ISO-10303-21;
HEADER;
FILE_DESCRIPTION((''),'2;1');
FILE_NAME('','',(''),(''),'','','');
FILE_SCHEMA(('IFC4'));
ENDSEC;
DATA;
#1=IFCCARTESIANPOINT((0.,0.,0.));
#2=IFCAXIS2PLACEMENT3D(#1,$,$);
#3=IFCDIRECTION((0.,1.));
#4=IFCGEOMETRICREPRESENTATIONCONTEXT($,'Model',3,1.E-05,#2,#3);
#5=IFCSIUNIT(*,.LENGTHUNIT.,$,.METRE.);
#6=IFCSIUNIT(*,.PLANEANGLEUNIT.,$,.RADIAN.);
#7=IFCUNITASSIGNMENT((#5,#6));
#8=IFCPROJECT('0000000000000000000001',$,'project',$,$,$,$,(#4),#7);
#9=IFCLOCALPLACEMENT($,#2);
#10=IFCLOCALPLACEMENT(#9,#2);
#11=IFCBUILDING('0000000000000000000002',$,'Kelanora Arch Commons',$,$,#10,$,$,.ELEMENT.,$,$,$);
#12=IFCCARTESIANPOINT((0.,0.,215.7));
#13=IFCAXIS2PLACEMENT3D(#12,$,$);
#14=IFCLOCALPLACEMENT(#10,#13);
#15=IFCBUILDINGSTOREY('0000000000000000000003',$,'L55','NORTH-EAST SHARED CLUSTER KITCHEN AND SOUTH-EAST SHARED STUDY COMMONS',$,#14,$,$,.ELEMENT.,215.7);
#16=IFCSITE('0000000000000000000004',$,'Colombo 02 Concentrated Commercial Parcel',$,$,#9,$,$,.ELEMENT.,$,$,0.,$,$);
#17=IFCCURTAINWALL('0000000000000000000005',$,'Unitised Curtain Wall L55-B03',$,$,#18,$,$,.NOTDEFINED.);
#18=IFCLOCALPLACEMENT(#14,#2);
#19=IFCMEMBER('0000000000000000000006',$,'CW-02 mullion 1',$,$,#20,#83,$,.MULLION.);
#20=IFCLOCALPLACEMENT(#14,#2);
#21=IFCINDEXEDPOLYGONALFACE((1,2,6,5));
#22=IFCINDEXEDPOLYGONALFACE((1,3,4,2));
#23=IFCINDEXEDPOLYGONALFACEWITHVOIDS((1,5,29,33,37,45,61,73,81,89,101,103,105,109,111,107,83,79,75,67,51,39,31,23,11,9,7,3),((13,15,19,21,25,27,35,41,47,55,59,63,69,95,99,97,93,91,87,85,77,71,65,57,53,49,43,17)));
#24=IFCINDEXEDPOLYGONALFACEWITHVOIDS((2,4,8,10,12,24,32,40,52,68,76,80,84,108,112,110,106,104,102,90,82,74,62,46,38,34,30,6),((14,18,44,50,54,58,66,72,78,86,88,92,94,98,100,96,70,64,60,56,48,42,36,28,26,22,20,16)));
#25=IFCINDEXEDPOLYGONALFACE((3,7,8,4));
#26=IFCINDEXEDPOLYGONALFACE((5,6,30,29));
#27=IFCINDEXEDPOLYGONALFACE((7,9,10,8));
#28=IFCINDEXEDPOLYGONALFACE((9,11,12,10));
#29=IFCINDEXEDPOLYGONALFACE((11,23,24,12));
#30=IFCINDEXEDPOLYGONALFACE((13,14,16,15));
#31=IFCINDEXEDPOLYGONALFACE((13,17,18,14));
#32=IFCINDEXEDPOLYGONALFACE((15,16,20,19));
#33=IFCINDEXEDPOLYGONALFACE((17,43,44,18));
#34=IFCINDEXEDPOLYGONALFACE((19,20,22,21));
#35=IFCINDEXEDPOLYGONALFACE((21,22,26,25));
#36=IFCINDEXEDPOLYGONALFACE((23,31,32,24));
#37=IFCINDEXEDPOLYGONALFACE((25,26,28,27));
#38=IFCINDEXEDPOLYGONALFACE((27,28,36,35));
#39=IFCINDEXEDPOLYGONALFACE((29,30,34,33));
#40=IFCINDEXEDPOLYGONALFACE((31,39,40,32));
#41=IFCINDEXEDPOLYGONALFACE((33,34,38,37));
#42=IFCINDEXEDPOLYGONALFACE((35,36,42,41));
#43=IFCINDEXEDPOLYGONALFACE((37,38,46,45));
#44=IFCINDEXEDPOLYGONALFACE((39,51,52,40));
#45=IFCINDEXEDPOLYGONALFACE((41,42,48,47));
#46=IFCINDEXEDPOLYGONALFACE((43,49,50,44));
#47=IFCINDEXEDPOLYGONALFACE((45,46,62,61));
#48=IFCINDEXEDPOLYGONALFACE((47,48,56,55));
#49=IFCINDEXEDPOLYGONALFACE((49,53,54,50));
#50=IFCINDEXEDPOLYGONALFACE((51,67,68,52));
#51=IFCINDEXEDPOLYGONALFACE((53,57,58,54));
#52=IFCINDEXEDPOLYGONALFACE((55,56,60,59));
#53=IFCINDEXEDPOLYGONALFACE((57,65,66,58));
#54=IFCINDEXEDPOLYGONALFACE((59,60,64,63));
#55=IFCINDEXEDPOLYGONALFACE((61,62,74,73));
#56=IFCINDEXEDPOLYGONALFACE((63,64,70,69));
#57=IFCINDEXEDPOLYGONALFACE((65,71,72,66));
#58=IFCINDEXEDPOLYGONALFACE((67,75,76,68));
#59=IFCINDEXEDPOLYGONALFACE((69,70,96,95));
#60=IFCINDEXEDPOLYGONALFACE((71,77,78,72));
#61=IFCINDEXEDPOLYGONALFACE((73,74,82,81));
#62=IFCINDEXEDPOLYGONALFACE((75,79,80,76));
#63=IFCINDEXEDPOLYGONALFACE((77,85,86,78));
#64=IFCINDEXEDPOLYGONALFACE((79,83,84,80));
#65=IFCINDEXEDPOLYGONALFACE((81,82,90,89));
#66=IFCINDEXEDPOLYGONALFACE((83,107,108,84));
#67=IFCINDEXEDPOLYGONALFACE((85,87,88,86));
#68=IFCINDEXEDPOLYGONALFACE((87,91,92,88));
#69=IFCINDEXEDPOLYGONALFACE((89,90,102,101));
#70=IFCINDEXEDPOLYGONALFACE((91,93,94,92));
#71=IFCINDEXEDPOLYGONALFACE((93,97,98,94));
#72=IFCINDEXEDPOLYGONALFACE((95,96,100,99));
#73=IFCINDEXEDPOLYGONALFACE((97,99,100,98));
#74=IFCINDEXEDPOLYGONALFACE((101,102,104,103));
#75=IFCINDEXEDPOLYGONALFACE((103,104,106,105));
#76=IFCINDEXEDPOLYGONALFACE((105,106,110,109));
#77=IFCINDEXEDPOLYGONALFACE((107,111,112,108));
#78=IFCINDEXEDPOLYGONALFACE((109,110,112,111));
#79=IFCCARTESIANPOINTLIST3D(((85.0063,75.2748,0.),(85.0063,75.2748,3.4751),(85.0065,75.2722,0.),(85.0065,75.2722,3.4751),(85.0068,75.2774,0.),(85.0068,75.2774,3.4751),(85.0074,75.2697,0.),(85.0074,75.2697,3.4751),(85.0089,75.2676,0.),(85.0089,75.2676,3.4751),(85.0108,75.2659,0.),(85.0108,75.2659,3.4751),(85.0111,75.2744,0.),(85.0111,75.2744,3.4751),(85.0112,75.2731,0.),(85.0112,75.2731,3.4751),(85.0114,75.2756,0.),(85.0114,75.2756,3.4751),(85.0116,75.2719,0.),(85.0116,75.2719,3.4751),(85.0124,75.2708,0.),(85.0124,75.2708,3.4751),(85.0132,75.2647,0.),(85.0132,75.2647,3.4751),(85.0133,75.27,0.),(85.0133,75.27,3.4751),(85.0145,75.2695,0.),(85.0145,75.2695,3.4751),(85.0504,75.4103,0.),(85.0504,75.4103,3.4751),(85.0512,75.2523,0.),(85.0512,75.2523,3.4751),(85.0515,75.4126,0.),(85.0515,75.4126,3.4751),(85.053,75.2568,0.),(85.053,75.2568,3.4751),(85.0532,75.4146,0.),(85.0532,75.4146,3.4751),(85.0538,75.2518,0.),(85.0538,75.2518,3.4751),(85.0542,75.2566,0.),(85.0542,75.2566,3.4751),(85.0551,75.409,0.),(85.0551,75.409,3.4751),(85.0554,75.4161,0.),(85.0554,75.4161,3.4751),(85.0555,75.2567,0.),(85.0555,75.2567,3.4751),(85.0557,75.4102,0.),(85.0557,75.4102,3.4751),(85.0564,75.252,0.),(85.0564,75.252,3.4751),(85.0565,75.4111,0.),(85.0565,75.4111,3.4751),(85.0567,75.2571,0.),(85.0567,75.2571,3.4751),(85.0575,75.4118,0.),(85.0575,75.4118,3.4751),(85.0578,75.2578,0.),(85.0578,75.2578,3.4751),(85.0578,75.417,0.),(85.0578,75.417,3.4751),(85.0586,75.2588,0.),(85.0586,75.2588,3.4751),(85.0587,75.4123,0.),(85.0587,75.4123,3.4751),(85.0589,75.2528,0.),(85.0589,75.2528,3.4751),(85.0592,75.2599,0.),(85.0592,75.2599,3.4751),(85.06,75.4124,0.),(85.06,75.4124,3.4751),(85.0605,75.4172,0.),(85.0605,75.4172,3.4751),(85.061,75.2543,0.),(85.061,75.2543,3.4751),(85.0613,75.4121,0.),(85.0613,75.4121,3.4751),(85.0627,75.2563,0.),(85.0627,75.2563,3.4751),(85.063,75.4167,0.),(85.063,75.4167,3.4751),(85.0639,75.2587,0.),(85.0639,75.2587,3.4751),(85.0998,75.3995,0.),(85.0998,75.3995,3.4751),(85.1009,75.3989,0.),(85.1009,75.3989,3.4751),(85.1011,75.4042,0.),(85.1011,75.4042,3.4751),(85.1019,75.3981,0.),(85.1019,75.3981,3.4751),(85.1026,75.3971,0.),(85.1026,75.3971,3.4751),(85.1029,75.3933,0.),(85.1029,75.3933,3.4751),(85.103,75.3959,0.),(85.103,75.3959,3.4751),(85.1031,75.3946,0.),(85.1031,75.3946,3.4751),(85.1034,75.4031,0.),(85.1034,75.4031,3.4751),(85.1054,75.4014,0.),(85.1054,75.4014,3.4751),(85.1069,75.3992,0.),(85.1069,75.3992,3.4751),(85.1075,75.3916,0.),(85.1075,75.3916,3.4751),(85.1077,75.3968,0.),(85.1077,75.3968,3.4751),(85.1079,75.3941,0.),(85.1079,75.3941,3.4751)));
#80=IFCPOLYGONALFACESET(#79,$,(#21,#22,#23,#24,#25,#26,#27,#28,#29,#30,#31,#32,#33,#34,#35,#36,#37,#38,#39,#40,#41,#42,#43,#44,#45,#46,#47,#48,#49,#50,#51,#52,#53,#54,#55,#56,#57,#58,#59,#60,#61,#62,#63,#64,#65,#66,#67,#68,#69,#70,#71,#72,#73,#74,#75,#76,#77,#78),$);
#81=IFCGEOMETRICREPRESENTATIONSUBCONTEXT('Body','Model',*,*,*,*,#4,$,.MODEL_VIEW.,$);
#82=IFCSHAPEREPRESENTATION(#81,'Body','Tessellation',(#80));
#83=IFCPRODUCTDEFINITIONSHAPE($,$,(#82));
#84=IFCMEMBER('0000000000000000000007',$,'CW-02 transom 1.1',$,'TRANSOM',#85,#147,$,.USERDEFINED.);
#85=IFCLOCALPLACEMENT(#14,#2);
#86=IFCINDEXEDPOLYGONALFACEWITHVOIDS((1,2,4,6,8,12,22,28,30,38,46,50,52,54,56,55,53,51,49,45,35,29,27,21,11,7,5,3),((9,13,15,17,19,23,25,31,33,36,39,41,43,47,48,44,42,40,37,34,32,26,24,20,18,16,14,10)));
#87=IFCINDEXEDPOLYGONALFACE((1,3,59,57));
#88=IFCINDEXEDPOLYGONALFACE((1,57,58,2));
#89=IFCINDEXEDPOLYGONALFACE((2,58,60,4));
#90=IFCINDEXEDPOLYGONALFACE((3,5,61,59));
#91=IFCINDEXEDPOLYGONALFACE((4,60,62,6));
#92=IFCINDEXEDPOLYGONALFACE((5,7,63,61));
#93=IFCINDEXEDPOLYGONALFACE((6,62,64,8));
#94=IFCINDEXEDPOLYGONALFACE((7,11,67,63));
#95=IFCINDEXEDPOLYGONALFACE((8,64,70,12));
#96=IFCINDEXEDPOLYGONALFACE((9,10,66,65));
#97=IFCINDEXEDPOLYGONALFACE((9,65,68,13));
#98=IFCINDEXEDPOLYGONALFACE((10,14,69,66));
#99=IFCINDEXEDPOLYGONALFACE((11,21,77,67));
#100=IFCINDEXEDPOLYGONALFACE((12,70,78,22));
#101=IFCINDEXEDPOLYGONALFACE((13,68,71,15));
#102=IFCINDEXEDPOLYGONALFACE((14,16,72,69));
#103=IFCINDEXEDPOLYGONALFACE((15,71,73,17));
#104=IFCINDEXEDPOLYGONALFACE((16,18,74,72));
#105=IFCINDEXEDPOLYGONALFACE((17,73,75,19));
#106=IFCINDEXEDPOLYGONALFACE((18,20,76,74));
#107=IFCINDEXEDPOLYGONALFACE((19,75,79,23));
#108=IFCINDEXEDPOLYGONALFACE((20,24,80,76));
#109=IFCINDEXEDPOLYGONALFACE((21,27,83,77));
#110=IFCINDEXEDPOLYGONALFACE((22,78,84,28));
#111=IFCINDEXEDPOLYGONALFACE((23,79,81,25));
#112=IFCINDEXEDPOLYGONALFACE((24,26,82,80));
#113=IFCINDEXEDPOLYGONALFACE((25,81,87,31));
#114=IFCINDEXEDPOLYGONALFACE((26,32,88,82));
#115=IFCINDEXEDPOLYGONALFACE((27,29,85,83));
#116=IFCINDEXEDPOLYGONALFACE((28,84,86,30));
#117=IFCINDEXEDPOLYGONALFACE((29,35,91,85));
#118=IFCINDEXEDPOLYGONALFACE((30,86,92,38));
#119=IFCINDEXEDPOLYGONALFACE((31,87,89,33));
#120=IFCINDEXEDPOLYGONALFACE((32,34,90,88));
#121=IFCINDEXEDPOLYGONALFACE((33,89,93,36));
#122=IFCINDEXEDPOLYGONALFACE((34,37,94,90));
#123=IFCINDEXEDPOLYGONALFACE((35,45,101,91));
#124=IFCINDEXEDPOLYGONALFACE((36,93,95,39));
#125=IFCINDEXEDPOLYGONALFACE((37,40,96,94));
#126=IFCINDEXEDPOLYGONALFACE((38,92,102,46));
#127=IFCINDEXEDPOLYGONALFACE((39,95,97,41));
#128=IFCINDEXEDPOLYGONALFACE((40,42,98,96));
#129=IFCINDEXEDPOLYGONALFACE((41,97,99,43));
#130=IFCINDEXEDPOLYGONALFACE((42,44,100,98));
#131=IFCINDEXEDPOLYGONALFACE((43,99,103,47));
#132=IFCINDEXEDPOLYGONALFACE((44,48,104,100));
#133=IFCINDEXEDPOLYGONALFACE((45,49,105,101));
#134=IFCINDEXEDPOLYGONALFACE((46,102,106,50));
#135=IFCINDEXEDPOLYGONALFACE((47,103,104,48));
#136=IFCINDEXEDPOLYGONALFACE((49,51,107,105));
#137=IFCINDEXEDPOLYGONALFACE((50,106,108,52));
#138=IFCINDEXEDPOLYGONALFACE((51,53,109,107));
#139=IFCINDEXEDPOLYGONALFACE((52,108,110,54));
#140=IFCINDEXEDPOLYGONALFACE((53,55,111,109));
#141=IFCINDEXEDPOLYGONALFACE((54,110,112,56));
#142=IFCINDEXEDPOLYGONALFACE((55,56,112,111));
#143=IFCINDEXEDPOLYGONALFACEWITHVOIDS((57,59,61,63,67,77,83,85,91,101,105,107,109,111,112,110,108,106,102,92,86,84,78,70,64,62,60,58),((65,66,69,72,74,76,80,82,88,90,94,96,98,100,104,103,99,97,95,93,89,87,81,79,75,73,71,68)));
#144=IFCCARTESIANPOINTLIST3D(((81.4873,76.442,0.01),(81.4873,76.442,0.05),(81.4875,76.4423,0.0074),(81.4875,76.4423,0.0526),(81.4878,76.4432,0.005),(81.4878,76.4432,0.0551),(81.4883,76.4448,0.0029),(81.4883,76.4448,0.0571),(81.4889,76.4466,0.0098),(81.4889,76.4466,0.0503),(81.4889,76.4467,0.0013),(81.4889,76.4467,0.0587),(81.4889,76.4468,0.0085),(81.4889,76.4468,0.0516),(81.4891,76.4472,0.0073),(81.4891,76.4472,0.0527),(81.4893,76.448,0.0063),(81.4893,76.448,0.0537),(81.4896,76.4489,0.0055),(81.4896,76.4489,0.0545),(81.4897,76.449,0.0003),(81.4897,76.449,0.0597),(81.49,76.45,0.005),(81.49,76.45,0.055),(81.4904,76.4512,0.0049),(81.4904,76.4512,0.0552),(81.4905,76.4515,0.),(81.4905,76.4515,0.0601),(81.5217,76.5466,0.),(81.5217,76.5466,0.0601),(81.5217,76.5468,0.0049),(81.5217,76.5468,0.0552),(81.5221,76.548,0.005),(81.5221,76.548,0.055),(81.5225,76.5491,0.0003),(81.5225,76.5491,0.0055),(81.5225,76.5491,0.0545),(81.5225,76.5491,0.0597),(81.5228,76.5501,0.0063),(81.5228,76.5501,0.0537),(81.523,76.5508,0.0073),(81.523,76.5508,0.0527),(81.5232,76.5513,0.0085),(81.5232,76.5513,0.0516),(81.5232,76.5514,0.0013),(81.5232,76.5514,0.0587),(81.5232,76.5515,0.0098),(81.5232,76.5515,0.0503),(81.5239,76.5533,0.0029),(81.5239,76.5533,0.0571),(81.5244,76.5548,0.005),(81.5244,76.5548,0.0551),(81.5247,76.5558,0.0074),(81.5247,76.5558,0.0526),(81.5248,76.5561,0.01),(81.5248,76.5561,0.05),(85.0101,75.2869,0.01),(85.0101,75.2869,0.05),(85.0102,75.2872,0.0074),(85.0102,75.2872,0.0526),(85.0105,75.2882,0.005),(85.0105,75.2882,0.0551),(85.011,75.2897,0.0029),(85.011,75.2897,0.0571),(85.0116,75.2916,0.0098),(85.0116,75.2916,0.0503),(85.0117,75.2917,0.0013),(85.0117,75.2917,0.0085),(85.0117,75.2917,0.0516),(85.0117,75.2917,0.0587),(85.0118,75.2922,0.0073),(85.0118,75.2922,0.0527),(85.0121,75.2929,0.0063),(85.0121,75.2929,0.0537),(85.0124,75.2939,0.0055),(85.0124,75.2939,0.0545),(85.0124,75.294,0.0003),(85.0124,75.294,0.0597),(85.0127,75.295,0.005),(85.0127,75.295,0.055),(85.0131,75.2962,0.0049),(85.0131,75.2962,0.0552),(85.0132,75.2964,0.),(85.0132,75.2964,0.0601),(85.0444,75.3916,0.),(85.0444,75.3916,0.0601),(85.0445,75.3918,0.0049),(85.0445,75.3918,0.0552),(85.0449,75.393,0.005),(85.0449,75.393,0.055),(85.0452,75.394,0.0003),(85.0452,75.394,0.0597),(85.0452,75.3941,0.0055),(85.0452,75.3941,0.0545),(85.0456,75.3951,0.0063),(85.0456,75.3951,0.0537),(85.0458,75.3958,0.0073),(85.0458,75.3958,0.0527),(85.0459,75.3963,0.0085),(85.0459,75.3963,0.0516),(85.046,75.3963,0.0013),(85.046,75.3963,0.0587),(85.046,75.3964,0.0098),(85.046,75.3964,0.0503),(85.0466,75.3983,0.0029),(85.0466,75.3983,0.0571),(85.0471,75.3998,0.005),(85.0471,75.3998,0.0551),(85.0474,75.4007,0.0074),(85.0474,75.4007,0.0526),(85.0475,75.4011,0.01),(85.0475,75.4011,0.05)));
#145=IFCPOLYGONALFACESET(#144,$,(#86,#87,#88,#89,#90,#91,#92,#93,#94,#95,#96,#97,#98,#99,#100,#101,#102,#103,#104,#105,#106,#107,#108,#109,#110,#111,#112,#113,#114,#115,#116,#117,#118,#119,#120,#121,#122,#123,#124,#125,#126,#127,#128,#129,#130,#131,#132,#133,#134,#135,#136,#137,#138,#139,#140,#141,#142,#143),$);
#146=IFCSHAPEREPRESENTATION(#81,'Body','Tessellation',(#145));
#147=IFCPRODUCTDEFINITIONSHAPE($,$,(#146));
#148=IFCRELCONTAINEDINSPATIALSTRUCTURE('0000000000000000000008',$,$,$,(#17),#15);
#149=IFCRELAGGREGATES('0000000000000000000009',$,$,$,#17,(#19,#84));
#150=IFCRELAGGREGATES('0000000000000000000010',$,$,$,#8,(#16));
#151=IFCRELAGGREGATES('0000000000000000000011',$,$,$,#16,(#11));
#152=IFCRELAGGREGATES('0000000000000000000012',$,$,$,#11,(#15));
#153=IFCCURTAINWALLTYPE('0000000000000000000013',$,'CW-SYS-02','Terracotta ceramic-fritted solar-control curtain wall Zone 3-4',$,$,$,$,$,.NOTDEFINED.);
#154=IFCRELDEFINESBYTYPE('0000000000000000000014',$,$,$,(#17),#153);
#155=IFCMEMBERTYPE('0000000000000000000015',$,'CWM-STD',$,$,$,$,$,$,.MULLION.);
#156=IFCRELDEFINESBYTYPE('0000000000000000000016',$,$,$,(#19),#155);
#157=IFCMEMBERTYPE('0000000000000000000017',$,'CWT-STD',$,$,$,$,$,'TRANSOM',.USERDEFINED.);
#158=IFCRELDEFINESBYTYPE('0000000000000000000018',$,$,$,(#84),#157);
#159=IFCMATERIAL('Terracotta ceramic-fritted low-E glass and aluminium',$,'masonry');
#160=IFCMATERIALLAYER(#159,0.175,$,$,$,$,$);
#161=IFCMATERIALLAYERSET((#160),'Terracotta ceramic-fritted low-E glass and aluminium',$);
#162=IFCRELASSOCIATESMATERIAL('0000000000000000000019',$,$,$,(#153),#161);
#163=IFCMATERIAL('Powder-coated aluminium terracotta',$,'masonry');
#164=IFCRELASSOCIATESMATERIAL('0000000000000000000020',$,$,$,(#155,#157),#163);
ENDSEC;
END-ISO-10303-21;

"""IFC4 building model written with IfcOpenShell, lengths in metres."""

from ifc_helpers import new_model, si_unit, direction, frame, origin, origin_2d, place, context, subcontext, project, spatial, hollow_rectangle, extrude, material, layer, layer_set, material_profile, profile_set, type_object, element, aggregate, save


model = new_model("IFC4")

# Units and contexts
model_context = context("Model", 3, precision=1e-05, world=origin(), true_north=direction((0.0, 1.0)))
body_context = subcontext(model_context, "Body", "Model", "MODEL_VIEW")
ifc_project = project(units=[si_unit("LENGTHUNIT", "METRE"), si_unit("PLANEANGLEUNIT", "RADIAN")], contexts=[model_context])

# Site, building, storey
site_placement = place(None, origin())
site = spatial("IfcSite", under=ifc_project, at=site_placement, Name="Colombo 02 Concentrated Commercial Parcel", CompositionType="ELEMENT", RefElevation=0.0)
building_placement = place(site_placement, origin())
building = spatial("IfcBuilding", under=site, at=building_placement, Name="Kelanora Arch Commons", CompositionType="ELEMENT")
storey_placement = place(building_placement, frame((0.0, 0.0, 215.7)))
storey = spatial("IfcBuildingStorey", under=building, at=storey_placement, Name="L55", Description="NORTH-EAST SHARED CLUSTER KITCHEN AND SOUTH-EAST SHARED STUDY COMMONS", CompositionType="ELEMENT", Elevation=215.7)

# Shared definitions
ifc_material_1 = material(Name="Terracotta ceramic-fritted low-E glass and aluminium", Category="masonry")
ifc_layer_1 = layer(ifc_material_1, 0.175)
ifc_layer_set_1 = layer_set([ifc_layer_1], Name="Terracotta ceramic-fritted low-E glass and aluminium")
curtain_wall_type = type_object("IfcCurtainWallType", Name="CW-SYS-02", Description="Terracotta ceramic-fritted solar-control curtain wall Zone 3-4", PredefinedType="NOTDEFINED", material=ifc_layer_set_1)
ifc_material_2 = material(Name="Powder-coated aluminium terracotta", Category="masonry")
ifc_material_profile_1 = material_profile(ifc_material_2, hollow_rectangle(XDim=0.1599, YDim=0.0601, WallThickness=0.0049, InnerFilletRadius=0.0049, OuterFilletRadius=0.01, at=origin_2d()), Name="CWM160x60")
ifc_profile_set_1 = profile_set([ifc_material_profile_1], Name="Powder-coated aluminium terracotta")
member_type_1 = type_object("IfcMemberType", Name="CWM-STD", PredefinedType="MULLION", material=ifc_profile_set_1)

# Curtain wall, members
curtain_wall_1_placement = place(storey_placement, origin())
curtain_wall_1 = element("IfcCurtainWall", 1, at=curtain_wall_1_placement, inside=storey, type_object=curtain_wall_type, Name="Unitised Curtain Wall L55-B03", PredefinedType="NOTDEFINED")
member_1_placement = place(storey_placement, frame((85.0571, 75.3345, 0.0), z_axis=(0.0, 0.0, 1.0), x_axis=(-0.311582, -0.950219, 0.0)))
member_1 = element("IfcMember", 2, at=member_1_placement, type_object=member_type_1, Name="CW-02 mullion 1", PredefinedType="MULLION", context=body_context, shape_type="SweptSolid", body=[
    extrude(hollow_rectangle(XDim=0.1599, YDim=0.0601, WallThickness=0.0049, InnerFilletRadius=0.0049, OuterFilletRadius=0.01, at=origin_2d()), origin(), (0.0, 0.0, 1.0), 3.4751),
])
ifc_material_profile_2 = material_profile(ifc_material_2, hollow_rectangle(XDim=0.1201, YDim=0.0601, WallThickness=0.0049, InnerFilletRadius=0.0049, OuterFilletRadius=0.01, at=origin_2d()), Name="CWT120x60")
ifc_profile_set_2 = profile_set([ifc_material_profile_2], Name="Powder-coated aluminium terracotta")
member_type_2 = type_object("IfcMemberType", Name="CWT-STD", ElementType="TRANSOM", PredefinedType="USERDEFINED", material=ifc_profile_set_2)
member_2_placement = place(storey_placement, frame((85.0288, 75.344, 0.03), z_axis=(-0.950226, 0.311561, 0.0), x_axis=(-0.311561, -0.950226, 0.0)))
member_2 = element("IfcMember", 3, at=member_2_placement, type_object=member_type_2, Name="CW-02 transom 1.1", ObjectType="TRANSOM", PredefinedType="USERDEFINED", context=body_context, shape_type="SweptSolid", body=[
    extrude(hollow_rectangle(XDim=0.1201, YDim=0.0601, WallThickness=0.0049, InnerFilletRadius=0.0049, OuterFilletRadius=0.01, at=origin_2d()), origin(), (0.0, 0.0, 1.0), 3.7073),
])
aggregate(curtain_wall_1, [member_1, member_2])

save(model, "model.ifc")
